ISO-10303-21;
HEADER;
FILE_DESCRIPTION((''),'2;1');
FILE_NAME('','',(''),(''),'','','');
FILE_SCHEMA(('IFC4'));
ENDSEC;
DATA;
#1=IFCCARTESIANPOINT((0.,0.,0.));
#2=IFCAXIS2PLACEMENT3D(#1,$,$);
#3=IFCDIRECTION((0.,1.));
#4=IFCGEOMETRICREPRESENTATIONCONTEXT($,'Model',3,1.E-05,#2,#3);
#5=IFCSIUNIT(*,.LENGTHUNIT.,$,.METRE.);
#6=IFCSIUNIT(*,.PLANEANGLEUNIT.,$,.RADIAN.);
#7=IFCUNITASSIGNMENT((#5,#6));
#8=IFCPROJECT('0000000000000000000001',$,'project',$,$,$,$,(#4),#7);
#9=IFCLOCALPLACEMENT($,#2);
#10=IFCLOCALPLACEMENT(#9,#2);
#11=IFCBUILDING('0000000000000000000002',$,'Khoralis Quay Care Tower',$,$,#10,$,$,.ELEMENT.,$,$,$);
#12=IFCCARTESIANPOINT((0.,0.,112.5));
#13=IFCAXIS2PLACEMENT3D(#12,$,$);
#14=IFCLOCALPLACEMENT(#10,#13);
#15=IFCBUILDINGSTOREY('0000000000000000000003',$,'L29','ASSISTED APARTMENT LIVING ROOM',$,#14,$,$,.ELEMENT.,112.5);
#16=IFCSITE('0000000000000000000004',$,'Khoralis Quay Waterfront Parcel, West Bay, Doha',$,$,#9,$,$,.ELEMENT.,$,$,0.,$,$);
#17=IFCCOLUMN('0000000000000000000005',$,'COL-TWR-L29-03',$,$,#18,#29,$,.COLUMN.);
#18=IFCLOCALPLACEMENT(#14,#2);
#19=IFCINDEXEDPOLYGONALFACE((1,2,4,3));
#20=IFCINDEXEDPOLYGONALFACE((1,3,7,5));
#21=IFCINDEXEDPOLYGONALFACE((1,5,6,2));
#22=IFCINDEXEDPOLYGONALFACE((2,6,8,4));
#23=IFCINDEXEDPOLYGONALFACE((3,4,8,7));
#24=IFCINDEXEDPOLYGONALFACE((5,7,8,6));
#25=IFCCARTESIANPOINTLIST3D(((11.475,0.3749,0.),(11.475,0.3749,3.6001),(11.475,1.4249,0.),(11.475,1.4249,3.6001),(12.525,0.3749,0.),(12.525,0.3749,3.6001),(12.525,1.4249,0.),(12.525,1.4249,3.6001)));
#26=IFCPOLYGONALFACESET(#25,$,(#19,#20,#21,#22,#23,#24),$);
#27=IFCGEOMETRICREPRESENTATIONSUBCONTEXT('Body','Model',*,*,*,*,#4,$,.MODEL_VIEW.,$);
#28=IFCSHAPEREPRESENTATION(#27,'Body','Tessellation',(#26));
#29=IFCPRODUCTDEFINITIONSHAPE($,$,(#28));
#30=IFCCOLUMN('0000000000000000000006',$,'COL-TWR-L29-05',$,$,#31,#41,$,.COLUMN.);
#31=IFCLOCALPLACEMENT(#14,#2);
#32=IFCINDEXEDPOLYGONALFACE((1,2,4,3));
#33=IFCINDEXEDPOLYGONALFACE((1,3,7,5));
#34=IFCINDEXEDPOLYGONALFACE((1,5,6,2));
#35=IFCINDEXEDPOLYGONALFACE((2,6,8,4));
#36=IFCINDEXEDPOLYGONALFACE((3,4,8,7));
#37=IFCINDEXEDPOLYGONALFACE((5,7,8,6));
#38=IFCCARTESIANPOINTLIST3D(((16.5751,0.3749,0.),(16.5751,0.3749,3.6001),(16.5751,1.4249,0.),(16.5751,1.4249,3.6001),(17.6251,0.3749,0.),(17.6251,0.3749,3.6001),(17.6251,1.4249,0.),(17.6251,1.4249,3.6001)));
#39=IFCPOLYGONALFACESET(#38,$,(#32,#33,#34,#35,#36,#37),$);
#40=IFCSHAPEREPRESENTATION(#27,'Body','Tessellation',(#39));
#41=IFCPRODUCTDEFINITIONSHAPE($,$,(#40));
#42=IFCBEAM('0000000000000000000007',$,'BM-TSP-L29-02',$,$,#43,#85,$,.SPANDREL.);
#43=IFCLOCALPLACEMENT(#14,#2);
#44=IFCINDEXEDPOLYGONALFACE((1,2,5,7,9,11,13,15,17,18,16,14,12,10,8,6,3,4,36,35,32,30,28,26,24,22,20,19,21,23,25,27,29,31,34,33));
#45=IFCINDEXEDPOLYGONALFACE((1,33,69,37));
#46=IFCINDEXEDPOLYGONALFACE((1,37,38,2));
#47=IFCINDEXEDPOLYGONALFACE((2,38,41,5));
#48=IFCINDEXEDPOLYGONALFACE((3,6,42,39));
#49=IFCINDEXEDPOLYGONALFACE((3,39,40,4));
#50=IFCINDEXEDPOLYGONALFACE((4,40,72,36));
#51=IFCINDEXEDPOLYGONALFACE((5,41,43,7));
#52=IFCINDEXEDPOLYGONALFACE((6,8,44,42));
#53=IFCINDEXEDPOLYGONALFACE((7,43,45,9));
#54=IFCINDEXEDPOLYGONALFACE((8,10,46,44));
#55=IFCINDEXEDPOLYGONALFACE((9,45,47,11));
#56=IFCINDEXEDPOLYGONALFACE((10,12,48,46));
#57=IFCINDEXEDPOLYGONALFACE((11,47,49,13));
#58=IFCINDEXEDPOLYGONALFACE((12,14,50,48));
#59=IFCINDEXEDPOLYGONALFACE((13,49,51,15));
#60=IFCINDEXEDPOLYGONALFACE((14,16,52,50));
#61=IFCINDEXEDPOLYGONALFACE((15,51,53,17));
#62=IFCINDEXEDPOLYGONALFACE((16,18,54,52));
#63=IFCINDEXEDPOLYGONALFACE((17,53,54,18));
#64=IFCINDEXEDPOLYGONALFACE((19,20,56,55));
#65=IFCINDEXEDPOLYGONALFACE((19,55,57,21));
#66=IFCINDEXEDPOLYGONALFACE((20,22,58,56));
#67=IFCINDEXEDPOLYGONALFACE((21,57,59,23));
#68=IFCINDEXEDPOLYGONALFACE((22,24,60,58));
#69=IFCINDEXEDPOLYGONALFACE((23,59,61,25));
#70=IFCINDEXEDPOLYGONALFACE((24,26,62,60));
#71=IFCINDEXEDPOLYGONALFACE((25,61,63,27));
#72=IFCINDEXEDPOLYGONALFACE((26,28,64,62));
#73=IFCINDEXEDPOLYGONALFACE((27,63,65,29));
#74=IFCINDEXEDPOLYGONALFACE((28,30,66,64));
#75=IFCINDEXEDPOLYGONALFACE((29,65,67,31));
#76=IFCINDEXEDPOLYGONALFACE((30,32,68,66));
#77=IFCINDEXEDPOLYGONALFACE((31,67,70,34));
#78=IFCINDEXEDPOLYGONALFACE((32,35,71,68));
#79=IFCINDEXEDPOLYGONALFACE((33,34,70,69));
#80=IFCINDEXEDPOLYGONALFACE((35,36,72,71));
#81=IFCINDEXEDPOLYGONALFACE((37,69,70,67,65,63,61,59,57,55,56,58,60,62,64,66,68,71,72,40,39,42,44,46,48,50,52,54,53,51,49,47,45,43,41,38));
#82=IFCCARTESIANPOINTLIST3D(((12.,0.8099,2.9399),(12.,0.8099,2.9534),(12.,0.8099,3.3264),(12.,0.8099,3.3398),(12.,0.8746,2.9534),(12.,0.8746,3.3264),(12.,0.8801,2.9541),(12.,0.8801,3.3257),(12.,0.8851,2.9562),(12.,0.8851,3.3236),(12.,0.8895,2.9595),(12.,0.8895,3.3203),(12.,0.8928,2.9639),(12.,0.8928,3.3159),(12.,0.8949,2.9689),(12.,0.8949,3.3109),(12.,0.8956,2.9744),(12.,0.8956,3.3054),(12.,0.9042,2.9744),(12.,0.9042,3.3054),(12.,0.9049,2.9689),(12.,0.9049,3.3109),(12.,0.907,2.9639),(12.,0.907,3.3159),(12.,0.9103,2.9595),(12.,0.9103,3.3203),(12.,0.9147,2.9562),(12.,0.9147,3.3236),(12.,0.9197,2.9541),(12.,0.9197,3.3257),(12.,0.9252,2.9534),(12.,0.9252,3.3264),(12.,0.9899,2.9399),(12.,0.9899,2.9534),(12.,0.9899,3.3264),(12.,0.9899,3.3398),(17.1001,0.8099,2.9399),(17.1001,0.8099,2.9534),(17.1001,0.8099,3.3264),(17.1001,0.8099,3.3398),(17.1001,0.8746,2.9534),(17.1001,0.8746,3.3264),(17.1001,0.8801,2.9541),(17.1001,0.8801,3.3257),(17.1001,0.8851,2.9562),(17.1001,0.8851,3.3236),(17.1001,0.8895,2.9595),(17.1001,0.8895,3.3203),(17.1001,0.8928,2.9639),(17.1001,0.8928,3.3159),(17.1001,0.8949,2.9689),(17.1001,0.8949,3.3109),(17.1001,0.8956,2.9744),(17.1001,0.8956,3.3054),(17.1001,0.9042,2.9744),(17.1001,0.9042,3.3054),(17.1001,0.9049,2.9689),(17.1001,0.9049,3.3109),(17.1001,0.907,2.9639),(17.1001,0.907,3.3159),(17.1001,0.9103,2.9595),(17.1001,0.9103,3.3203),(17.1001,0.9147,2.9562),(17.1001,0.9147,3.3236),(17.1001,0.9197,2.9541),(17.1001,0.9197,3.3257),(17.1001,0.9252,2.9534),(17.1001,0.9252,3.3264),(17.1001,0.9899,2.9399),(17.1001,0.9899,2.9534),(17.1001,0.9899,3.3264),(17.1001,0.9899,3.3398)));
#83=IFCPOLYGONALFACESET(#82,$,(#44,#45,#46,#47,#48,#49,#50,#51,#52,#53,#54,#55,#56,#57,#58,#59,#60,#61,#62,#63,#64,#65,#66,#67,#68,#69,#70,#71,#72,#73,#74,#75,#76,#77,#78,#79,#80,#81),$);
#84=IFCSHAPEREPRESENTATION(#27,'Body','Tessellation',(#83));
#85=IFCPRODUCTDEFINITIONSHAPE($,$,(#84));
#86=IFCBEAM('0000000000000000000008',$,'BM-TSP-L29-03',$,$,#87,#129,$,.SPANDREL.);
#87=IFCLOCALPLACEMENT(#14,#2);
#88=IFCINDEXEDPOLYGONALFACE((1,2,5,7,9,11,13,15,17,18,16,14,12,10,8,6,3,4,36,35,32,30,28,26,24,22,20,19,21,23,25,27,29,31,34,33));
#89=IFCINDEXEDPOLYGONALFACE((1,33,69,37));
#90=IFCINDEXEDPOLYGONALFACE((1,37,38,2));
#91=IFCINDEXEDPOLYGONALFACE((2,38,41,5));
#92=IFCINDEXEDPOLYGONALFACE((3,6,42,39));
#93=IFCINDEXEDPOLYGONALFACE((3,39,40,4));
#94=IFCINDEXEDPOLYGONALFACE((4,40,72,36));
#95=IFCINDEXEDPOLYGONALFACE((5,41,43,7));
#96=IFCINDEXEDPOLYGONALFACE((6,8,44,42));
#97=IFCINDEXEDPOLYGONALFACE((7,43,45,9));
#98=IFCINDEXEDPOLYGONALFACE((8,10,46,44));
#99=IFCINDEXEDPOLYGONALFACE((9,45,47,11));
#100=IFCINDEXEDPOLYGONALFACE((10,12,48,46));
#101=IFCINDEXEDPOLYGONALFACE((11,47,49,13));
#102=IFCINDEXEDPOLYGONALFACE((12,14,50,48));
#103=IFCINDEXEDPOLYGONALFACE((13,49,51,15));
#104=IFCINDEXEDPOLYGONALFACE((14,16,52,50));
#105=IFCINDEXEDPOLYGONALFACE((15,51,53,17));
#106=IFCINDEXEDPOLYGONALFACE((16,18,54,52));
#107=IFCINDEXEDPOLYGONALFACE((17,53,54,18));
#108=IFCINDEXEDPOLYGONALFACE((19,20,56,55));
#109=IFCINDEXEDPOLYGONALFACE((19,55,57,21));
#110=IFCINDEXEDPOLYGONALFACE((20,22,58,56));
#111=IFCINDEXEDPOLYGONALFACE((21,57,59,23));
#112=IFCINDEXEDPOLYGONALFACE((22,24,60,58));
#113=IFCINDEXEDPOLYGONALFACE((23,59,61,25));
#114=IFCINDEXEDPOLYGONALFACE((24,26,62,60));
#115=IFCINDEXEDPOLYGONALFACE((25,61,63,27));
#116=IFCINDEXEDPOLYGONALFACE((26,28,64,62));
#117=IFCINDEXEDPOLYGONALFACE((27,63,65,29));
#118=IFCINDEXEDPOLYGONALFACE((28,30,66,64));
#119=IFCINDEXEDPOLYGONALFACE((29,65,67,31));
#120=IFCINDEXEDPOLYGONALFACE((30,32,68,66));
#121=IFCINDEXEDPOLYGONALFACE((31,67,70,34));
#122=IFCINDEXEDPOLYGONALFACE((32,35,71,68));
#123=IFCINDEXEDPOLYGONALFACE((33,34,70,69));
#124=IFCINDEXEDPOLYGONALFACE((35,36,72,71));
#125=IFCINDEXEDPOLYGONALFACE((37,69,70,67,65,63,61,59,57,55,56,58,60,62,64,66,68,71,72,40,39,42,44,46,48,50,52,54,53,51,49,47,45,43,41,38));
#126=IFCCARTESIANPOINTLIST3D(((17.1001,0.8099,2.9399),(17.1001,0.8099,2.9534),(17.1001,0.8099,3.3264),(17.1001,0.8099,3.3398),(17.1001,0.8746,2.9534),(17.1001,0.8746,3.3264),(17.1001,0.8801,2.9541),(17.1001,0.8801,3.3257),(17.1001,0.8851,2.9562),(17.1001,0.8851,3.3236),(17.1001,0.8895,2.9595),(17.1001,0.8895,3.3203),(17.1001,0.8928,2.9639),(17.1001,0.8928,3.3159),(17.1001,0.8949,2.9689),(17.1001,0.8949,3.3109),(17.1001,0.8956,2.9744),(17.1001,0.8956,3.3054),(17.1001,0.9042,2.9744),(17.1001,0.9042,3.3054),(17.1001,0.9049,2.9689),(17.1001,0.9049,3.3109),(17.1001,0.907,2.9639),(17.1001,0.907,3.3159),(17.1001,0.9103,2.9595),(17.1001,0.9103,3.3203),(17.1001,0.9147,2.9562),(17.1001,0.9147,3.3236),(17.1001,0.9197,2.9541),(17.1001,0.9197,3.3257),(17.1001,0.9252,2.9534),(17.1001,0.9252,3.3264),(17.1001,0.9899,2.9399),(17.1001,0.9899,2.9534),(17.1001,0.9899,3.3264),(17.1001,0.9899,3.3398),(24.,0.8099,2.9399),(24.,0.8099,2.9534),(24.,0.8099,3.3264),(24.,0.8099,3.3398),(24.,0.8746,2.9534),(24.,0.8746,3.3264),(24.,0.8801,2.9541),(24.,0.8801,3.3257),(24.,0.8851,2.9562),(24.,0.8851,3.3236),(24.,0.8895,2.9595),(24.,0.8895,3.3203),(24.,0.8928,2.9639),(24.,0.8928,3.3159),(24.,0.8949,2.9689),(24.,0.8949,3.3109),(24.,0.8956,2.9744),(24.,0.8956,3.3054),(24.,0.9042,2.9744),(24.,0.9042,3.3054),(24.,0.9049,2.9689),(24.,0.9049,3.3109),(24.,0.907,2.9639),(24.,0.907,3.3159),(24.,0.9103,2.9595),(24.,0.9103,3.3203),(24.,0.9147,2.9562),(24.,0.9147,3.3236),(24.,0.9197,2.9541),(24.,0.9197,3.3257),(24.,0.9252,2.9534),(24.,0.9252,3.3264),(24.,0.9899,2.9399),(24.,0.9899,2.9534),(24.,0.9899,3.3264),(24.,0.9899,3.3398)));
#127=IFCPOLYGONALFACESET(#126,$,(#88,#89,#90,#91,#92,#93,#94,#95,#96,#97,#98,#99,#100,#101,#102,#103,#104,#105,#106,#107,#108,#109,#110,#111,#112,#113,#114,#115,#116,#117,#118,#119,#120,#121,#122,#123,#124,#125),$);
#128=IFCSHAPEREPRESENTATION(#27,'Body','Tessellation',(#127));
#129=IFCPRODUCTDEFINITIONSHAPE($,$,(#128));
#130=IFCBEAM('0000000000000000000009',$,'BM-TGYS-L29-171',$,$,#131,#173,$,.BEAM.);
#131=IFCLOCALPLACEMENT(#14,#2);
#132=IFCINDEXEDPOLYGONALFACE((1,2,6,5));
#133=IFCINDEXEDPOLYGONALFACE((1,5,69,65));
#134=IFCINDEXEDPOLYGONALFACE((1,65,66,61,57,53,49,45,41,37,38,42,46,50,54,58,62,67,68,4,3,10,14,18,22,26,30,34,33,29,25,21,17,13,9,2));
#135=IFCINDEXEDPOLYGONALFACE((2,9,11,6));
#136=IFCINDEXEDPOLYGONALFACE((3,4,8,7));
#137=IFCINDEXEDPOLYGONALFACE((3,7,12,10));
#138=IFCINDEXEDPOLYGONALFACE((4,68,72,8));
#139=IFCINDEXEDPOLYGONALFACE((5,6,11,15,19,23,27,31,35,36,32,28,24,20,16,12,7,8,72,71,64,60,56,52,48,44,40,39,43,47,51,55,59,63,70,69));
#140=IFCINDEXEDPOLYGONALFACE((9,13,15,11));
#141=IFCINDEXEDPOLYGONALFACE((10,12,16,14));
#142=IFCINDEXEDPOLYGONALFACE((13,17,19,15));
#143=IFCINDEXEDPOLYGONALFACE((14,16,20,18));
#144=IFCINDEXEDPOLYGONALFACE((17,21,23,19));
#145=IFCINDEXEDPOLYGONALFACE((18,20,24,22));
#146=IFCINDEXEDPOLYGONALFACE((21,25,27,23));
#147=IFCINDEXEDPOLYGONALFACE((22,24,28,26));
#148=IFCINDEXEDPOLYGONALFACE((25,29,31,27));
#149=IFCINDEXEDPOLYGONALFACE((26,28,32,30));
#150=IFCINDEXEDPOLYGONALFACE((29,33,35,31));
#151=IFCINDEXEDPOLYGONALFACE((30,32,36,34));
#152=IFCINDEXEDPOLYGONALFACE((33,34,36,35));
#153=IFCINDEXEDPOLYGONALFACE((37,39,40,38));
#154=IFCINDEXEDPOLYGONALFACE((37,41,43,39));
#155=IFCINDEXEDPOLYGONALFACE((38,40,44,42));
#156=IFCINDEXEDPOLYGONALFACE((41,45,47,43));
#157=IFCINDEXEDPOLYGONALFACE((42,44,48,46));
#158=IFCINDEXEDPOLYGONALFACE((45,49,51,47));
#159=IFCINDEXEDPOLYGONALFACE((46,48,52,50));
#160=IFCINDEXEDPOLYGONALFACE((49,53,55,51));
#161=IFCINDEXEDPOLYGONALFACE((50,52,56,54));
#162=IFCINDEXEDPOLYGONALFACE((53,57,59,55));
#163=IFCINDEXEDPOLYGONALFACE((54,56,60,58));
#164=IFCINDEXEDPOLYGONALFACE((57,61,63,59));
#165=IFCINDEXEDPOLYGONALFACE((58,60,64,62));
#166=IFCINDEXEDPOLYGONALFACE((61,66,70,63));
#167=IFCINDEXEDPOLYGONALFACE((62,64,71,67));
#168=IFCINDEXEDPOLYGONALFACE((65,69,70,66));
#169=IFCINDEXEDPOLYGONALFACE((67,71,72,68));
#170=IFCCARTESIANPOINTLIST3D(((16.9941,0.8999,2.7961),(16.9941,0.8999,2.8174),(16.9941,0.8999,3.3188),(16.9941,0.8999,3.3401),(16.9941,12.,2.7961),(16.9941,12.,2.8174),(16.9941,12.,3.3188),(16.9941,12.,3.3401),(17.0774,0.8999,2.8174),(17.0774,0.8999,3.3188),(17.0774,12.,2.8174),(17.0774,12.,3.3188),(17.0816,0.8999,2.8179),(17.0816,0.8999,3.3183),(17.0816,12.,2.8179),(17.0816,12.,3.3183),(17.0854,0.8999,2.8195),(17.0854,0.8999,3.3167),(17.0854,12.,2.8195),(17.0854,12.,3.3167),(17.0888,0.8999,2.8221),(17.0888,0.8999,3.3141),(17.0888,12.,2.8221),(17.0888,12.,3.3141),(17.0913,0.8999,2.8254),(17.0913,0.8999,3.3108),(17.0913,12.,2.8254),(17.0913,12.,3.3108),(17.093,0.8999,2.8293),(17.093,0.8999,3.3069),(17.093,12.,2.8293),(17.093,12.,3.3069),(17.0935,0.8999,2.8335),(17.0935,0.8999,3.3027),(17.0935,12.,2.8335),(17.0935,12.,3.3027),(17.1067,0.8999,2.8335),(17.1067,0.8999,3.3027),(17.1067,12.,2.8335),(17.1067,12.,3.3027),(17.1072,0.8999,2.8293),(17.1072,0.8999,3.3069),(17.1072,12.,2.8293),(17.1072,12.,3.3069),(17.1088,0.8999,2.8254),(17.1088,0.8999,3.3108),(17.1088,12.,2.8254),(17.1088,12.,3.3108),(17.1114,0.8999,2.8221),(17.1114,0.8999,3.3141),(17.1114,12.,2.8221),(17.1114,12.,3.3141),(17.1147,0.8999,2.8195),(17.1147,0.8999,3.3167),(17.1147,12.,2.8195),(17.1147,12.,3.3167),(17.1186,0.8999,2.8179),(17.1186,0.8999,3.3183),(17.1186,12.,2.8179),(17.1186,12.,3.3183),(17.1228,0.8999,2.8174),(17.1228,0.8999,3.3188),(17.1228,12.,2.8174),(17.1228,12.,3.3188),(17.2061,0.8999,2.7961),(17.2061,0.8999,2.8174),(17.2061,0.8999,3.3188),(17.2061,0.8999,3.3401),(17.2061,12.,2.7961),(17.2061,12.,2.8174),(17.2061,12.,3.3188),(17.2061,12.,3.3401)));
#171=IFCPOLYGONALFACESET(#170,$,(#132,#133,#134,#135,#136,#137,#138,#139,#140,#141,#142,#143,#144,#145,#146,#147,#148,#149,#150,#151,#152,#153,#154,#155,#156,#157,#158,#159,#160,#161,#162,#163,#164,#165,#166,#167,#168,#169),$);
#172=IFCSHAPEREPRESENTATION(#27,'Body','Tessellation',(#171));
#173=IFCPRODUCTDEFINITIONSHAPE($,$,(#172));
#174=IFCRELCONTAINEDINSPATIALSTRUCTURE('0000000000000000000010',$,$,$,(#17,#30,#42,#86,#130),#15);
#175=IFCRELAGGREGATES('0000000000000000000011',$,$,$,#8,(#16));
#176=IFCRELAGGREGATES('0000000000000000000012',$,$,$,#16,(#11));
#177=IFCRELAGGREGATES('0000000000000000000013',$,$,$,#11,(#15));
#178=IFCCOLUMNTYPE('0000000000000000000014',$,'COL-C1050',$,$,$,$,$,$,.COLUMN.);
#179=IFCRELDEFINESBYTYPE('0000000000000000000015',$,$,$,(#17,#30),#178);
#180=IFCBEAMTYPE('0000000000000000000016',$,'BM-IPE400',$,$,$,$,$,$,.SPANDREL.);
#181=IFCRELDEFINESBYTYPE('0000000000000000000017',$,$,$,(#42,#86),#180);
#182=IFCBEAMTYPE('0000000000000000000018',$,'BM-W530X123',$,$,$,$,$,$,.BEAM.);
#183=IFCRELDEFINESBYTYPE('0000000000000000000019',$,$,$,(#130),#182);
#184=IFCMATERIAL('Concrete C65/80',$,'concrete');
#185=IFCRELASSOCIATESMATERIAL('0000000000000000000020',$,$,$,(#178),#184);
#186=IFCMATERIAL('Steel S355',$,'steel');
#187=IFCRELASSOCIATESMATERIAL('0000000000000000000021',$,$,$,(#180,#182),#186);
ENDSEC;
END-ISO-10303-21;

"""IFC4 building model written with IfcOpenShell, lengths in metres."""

from ifc_helpers import new_model, si_unit, direction, frame, origin, origin_2d, place, context, subcontext, project, spatial, rectangle, i_section, extrude, source, transform, mapped, material, material_profile, profile_set, type_object, element, save


model = new_model("IFC4")

# Units and contexts
model_context = context("Model", 3, precision=1e-05, world=origin(), true_north=direction((0.0, 1.0)))
body_context = subcontext(model_context, "Body", "Model", "MODEL_VIEW")
ifc_project = project(units=[si_unit("LENGTHUNIT", "METRE"), si_unit("PLANEANGLEUNIT", "RADIAN")], contexts=[model_context])

# Site, building, storey
site_placement = place(None, origin())
site = spatial("IfcSite", under=ifc_project, at=site_placement, Name="Khoralis Quay Waterfront Parcel, West Bay, Doha", CompositionType="ELEMENT", RefElevation=0.0)
building_placement = place(site_placement, origin())
building = spatial("IfcBuilding", under=site, at=building_placement, Name="Khoralis Quay Care Tower", CompositionType="ELEMENT")
storey_placement = place(building_placement, frame((0.0, 0.0, 112.5)))
storey = spatial("IfcBuildingStorey", under=building, at=storey_placement, Name="L29", Description="ASSISTED APARTMENT LIVING ROOM", CompositionType="ELEMENT", Elevation=112.5)

# Columns
ifc_material_1 = material(Name="Concrete C65/80", Category="concrete")
ifc_material_profile_1 = material_profile(ifc_material_1, rectangle(XDim=1.05, YDim=1.05, at=origin_2d()), Name="Concrete C65/80")
ifc_profile_set_1 = profile_set([ifc_material_profile_1], Name="Concrete C65/80")
column_type = type_object("IfcColumnType", Name="COL-C1050", PredefinedType="COLUMN", material=ifc_profile_set_1)
shared_shape_1 = source(origin(), body_context, "Body", "SweptSolid", [
    extrude(rectangle(XDim=1.05, YDim=1.05, at=origin_2d()), origin(), (0.0, 0.0, 1.0), 3.6001),
])
for number, where, z_axis, x_axis, name in (
    (1, (12.0, 0.8999, 0.0), (0.0, 0.0, 1.0), (1.0, 0.0, 0.0), "COL-TWR-L29-03"),
    (2, (17.1001, 0.8999, 0.0), (0.0, 0.0, 1.0), (1.0, 0.0, 0.0), "COL-TWR-L29-05"),
):
    element("IfcColumn", number, at=place(storey_placement, frame(where, z_axis=z_axis, x_axis=x_axis)), inside=storey, type_object=column_type, Name=name, PredefinedType="COLUMN", context=body_context, shape_type="MappedRepresentation", body=[
        mapped(shared_shape_1, transform((0.0, 0.0, 0.0), scale=1.0)),
    ])

# Beams
ifc_material_2 = material(Name="Steel S355", Category="steel")
ifc_material_profile_2 = material_profile(ifc_material_2, i_section(OverallWidth=0.1799, OverallDepth=0.3999, WebThickness=0.0085, FlangeThickness=0.0134, FilletRadius=0.021, at=origin_2d()), Name="Steel S355")
ifc_profile_set_2 = profile_set([ifc_material_profile_2], Name="Steel S355")
beam_type_1 = type_object("IfcBeamType", Name="BM-IPE400", PredefinedType="SPANDREL", material=ifc_profile_set_2)
shared_shape_2 = source(origin(), body_context, "Body", "SweptSolid", [
    extrude(i_section(OverallWidth=0.1799, OverallDepth=0.3999, WebThickness=0.0085, FlangeThickness=0.0134, FilletRadius=0.021, at=origin_2d()), origin(), (0.0, 0.0, 1.0), 5.1001),
])
beam_1_placement = place(storey_placement, frame((12.0, 0.8999, 3.1399), z_axis=(1.0, 0.0, 0.0), x_axis=(0.0, 1.0, 0.0)))
element("IfcBeam", 3, at=beam_1_placement, inside=storey, type_object=beam_type_1, Name="BM-TSP-L29-02", PredefinedType="SPANDREL", context=body_context, shape_type="MappedRepresentation", body=[
    mapped(shared_shape_2, transform((0.0, 0.0, 0.0), scale=1.0)),
])
shared_shape_3 = source(origin(), body_context, "Body", "SweptSolid", [
    extrude(i_section(OverallWidth=0.1799, OverallDepth=0.3999, WebThickness=0.0085, FlangeThickness=0.0134, FilletRadius=0.021, at=origin_2d()), origin(), (0.0, 0.0, 1.0), 6.8999),
])
beam_2_placement = place(storey_placement, frame((17.1001, 0.8999, 3.1399), z_axis=(1.0, 0.0, 0.0), x_axis=(0.0, 1.0, 0.0)))
element("IfcBeam", 4, at=beam_2_placement, inside=storey, type_object=beam_type_1, Name="BM-TSP-L29-03", PredefinedType="SPANDREL", context=body_context, shape_type="MappedRepresentation", body=[
    mapped(shared_shape_3, transform((0.0, 0.0, 0.0), scale=1.0)),
])
ifc_material_profile_3 = material_profile(ifc_material_2, i_section(OverallWidth=0.2119, OverallDepth=0.5439, WebThickness=0.0132, FlangeThickness=0.0212, FilletRadius=0.0161, at=origin_2d()), Name="Steel S355")
ifc_profile_set_3 = profile_set([ifc_material_profile_3], Name="Steel S355")
beam_type_2 = type_object("IfcBeamType", Name="BM-W530X123", PredefinedType="BEAM", material=ifc_profile_set_3)
shared_shape_4 = source(origin(), body_context, "Body", "SweptSolid", [
    extrude(i_section(OverallWidth=0.2119, OverallDepth=0.5439, WebThickness=0.0132, FlangeThickness=0.0212, FilletRadius=0.0161, at=origin_2d()), origin(), (0.0, 0.0, 1.0), 11.1001),
])
beam_3_placement = place(storey_placement, frame((17.1001, 0.8999, 3.0681), z_axis=(0.0, 1.0, 0.0), x_axis=(-1.0, 0.0, 0.0)))
element("IfcBeam", 5, at=beam_3_placement, inside=storey, type_object=beam_type_2, Name="BM-TGYS-L29-171", PredefinedType="BEAM", context=body_context, shape_type="MappedRepresentation", body=[
    mapped(shared_shape_4, transform((0.0, 0.0, 0.0), scale=1.0)),
])

save(model, "model.ifc")
